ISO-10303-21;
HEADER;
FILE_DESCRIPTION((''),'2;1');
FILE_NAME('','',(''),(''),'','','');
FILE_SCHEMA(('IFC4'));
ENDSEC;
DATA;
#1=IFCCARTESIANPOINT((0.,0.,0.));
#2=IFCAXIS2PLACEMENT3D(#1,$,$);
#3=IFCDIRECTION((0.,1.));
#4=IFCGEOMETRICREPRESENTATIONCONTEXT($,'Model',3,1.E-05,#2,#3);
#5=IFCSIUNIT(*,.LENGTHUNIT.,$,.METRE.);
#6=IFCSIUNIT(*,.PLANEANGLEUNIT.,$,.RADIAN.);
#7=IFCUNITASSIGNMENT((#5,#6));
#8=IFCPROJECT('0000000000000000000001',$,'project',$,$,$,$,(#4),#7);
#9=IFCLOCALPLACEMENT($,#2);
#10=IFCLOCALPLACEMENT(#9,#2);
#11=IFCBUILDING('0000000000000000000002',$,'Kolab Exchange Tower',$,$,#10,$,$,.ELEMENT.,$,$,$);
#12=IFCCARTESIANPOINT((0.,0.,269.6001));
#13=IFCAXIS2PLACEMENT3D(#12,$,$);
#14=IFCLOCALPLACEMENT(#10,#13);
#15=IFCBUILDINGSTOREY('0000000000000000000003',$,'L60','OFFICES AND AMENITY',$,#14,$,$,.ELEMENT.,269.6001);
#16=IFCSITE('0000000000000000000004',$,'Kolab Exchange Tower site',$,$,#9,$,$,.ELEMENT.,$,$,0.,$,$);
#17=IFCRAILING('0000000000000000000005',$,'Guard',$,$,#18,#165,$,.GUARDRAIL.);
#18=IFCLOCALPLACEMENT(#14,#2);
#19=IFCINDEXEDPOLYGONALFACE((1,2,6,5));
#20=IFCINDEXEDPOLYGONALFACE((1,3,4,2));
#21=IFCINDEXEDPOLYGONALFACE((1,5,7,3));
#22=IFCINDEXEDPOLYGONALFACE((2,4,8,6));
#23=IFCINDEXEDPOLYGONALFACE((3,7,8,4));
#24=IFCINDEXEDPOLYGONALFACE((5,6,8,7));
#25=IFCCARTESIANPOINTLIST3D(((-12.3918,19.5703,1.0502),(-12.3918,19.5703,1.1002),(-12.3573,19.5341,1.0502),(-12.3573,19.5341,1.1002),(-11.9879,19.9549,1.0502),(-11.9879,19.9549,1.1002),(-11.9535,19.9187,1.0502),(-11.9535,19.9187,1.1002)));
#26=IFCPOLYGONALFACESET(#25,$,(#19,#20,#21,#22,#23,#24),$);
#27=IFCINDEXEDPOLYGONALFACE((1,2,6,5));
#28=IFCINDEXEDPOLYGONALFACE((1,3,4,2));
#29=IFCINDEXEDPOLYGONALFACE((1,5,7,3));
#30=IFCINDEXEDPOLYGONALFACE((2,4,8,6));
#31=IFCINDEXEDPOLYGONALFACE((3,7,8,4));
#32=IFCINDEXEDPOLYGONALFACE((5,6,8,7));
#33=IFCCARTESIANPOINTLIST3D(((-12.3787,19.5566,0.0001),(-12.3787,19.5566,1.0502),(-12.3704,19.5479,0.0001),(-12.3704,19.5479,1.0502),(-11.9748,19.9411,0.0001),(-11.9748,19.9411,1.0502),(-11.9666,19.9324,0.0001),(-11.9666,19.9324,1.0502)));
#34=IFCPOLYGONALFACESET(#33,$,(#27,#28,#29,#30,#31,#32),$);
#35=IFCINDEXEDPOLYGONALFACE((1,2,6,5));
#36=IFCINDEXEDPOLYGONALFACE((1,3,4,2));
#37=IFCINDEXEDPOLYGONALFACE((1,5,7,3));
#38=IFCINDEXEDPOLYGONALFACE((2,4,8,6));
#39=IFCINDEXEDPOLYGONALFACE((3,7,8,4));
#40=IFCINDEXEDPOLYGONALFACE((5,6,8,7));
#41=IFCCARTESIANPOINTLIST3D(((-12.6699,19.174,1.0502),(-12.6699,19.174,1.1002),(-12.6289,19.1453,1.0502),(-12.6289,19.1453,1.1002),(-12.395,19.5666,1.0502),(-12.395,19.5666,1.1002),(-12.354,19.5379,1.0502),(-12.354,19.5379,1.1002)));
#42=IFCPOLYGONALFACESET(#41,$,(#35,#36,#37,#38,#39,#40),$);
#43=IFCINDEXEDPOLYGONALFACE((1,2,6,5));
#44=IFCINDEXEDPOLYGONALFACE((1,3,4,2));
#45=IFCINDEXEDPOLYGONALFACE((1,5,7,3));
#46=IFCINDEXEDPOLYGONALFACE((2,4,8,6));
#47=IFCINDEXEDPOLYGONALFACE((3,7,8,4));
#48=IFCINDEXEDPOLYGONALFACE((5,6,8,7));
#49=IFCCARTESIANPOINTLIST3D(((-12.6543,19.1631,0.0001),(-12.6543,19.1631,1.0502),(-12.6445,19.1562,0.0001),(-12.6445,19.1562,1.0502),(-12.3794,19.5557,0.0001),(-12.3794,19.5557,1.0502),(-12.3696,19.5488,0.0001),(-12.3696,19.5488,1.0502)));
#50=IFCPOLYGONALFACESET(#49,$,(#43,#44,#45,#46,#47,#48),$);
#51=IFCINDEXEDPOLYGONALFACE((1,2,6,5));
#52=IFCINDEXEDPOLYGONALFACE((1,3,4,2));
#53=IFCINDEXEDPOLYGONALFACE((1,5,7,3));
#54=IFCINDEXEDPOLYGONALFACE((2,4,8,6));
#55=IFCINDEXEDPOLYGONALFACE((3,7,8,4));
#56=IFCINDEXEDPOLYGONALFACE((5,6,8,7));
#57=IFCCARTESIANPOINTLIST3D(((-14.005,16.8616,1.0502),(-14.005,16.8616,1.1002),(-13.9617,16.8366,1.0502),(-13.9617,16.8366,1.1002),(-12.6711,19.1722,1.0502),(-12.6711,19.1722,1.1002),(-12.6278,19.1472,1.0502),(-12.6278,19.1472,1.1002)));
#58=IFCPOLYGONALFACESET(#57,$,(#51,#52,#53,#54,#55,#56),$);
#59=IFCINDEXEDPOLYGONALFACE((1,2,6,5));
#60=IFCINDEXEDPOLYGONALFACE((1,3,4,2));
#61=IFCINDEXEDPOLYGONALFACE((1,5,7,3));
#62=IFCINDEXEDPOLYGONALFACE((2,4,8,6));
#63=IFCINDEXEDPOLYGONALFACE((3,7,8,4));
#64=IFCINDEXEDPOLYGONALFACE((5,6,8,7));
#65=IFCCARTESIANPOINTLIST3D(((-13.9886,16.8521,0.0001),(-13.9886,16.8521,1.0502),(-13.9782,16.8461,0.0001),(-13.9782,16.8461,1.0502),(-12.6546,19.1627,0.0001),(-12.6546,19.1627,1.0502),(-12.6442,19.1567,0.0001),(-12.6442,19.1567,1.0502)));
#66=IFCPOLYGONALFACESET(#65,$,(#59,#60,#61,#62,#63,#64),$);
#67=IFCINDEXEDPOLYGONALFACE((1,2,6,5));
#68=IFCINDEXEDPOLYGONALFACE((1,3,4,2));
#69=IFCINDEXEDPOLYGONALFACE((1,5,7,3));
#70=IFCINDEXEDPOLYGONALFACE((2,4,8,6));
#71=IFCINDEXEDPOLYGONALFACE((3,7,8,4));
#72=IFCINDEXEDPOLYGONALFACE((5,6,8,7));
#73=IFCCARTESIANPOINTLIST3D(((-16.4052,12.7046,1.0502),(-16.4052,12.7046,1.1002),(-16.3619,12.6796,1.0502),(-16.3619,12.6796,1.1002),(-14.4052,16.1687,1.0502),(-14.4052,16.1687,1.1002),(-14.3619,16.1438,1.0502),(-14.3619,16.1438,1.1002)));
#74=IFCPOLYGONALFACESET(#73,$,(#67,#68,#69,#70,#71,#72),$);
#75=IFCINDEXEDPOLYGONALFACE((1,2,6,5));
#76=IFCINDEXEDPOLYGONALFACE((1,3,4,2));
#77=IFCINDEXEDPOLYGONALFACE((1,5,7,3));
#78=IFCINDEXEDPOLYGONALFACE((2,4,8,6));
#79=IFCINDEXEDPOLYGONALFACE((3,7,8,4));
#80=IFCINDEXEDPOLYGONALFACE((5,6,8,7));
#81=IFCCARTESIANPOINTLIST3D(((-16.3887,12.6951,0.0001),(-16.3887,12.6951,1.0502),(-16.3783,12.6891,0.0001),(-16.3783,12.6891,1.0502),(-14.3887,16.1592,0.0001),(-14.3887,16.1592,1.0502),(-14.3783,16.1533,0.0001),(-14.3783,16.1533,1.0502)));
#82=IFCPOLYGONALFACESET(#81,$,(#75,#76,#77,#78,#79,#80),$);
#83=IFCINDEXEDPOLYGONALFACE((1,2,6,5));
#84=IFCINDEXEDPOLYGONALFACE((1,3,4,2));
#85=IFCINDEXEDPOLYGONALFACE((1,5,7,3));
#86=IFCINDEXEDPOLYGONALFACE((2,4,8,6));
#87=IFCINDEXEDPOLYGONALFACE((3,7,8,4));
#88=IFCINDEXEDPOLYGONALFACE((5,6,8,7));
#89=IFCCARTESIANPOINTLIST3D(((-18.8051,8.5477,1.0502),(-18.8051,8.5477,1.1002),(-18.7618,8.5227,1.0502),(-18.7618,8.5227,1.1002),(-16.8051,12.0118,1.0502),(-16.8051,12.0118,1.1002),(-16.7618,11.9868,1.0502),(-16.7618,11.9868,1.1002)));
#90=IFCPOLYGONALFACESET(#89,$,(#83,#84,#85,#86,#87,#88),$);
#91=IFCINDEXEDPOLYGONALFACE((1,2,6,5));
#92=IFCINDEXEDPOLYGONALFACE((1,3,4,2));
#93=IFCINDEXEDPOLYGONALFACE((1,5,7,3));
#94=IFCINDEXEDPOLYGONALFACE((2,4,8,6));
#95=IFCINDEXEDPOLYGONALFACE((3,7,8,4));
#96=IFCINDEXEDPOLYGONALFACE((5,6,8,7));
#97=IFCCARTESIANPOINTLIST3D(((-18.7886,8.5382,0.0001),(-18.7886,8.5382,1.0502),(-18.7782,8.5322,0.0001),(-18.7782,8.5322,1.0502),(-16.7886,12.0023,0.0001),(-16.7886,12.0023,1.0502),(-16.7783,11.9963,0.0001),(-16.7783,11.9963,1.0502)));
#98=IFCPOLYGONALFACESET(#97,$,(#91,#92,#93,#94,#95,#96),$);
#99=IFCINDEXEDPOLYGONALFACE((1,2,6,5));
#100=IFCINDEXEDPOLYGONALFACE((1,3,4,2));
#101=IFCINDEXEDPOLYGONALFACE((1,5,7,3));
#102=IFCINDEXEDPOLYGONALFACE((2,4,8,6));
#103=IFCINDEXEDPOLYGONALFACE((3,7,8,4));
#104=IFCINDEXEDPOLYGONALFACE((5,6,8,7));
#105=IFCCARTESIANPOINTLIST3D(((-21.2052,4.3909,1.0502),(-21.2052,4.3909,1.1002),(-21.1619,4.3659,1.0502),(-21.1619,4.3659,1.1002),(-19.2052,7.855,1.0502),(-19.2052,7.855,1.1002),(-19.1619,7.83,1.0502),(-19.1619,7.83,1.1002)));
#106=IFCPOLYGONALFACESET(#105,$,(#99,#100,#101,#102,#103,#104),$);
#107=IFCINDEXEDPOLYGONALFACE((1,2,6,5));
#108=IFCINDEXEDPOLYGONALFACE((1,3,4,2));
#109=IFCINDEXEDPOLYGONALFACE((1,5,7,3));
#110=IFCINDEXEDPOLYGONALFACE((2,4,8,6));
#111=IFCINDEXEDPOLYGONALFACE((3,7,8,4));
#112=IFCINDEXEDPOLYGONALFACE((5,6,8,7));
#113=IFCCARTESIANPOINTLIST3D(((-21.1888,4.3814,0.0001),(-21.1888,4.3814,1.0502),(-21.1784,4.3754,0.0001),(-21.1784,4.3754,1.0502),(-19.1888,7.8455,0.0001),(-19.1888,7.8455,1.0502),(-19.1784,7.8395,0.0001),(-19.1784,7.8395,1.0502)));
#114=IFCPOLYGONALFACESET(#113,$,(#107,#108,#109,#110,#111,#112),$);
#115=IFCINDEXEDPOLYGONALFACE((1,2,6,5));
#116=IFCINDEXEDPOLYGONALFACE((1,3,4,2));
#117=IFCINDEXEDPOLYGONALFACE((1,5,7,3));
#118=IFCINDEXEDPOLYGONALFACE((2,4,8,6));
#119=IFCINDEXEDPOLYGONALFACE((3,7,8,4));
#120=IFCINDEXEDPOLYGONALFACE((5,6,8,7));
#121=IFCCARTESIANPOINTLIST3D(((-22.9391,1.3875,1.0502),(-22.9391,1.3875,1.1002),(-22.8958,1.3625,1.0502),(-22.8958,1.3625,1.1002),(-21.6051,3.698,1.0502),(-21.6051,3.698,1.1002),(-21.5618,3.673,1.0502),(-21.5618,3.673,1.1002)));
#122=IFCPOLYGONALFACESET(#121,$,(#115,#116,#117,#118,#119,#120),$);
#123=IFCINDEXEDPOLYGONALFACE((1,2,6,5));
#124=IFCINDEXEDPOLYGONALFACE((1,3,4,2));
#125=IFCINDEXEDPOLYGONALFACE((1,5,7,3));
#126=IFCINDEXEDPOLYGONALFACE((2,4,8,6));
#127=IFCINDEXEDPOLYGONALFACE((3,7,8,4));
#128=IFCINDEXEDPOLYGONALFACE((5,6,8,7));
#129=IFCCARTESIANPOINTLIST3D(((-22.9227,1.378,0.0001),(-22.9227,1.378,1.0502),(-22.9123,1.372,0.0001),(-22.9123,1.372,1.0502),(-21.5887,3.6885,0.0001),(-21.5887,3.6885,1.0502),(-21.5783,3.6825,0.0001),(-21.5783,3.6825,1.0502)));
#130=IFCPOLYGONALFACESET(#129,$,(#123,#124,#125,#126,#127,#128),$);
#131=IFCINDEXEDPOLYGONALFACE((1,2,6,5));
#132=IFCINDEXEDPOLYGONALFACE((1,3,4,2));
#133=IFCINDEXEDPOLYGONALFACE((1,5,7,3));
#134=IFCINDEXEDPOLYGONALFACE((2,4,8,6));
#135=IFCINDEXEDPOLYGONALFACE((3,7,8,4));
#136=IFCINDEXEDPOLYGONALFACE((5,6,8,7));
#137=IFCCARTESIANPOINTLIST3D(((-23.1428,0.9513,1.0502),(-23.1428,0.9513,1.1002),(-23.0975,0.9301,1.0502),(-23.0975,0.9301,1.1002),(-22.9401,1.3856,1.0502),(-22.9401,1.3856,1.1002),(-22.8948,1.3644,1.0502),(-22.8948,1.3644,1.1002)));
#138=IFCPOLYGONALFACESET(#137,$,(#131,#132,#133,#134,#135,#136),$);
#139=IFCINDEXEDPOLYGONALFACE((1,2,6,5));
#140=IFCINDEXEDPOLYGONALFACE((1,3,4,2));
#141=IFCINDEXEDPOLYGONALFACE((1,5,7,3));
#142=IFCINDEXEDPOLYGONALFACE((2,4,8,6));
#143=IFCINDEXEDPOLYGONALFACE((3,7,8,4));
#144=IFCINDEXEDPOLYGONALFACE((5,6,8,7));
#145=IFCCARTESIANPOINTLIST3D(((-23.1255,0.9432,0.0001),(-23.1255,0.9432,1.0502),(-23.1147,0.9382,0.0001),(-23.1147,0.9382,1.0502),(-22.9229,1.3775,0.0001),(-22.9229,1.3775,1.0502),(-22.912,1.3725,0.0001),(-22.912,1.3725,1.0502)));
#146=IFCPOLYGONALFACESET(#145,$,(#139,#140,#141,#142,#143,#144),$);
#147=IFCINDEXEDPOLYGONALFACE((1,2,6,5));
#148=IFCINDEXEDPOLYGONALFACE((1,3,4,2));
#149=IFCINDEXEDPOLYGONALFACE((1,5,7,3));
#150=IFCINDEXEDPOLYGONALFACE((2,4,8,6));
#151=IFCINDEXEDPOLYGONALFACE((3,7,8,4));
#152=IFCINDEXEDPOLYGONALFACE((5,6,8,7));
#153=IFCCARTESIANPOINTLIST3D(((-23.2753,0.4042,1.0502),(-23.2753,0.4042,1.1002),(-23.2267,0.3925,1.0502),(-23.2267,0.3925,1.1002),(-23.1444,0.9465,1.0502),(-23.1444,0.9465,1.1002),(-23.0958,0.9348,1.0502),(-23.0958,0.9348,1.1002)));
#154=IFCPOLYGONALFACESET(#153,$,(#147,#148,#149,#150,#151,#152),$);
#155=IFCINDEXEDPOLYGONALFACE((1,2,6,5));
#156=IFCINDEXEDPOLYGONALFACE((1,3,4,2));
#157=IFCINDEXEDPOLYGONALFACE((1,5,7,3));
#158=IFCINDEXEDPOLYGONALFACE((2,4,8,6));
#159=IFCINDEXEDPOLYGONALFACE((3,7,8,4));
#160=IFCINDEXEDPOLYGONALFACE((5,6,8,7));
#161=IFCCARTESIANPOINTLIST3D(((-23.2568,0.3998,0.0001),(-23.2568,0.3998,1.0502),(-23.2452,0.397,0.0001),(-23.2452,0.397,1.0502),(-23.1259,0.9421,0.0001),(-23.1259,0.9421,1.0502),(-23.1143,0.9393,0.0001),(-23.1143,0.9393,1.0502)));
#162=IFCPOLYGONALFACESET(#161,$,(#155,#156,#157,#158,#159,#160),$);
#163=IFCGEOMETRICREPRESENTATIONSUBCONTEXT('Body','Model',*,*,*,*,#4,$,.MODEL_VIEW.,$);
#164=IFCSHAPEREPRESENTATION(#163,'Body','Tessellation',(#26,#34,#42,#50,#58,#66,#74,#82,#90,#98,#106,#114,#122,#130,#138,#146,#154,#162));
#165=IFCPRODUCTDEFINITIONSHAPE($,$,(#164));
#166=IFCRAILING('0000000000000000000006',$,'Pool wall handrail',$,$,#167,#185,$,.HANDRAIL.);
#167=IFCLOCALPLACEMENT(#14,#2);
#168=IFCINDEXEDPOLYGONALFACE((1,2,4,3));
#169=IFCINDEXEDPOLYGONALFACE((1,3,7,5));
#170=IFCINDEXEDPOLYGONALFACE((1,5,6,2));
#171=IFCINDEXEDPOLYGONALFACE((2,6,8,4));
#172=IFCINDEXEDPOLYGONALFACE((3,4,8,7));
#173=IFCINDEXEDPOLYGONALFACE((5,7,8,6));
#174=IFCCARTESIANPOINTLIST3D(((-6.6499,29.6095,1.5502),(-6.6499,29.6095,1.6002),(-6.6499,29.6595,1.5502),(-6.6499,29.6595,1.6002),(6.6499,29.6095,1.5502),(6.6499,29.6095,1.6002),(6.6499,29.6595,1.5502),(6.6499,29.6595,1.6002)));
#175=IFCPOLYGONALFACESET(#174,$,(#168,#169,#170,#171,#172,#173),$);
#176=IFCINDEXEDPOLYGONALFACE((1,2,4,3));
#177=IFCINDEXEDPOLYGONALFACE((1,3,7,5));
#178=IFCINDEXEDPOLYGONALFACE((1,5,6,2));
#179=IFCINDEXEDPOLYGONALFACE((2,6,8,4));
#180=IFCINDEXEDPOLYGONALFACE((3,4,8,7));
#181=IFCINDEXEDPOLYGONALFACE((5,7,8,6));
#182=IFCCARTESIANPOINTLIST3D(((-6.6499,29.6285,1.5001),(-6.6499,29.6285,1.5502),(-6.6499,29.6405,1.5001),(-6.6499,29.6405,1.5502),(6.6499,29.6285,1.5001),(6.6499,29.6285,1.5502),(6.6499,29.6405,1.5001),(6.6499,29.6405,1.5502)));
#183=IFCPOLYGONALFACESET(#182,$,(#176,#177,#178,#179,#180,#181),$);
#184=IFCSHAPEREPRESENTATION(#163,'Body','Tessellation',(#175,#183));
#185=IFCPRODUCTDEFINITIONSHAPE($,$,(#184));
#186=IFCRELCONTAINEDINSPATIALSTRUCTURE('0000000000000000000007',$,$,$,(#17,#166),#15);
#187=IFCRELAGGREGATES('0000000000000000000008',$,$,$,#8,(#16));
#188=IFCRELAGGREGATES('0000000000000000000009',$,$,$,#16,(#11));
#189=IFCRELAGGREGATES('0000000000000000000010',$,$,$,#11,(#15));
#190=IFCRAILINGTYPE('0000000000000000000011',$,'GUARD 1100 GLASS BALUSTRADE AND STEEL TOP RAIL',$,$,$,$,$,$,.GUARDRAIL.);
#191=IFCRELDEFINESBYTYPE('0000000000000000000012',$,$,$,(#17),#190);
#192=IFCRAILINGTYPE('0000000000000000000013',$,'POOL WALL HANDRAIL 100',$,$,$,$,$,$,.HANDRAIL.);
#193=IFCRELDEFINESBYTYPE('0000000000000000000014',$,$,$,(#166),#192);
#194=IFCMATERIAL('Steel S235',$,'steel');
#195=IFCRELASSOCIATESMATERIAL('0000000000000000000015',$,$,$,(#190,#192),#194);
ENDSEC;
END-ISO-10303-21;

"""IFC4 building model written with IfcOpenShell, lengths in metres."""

from ifc_helpers import new_model, si_unit, direction, frame, frame_2d, origin, origin_2d, place, context, subcontext, project, spatial, rectangle, extrude, material, type_object, element, save


model = new_model("IFC4")

# Units and contexts
model_context = context("Model", 3, precision=1e-05, world=origin(), true_north=direction((0.0, 1.0)))
body_context = subcontext(model_context, "Body", "Model", "MODEL_VIEW")
ifc_project = project(units=[si_unit("LENGTHUNIT", "METRE"), si_unit("PLANEANGLEUNIT", "RADIAN")], contexts=[model_context])

# Site, building, storey
site_placement = place(None, origin())
site = spatial("IfcSite", under=ifc_project, at=site_placement, Name="Kolab Exchange Tower site", CompositionType="ELEMENT", RefElevation=0.0)
building_placement = place(site_placement, origin())
building = spatial("IfcBuilding", under=site, at=building_placement, Name="Kolab Exchange Tower", CompositionType="ELEMENT")
storey_placement = place(building_placement, frame((0.0, 0.0, 269.6001)))
storey = spatial("IfcBuildingStorey", under=building, at=storey_placement, Name="L60", Description="OFFICES AND AMENITY", CompositionType="ELEMENT", Elevation=269.6001)

# Railings
ifc_material_1 = material(Name="Steel S235", Category="steel")
railing_type_1 = type_object("IfcRailingType", Name="GUARD 1100 GLASS BALUSTRADE AND STEEL TOP RAIL", PredefinedType="GUARDRAIL", material=ifc_material_1)
railing_1_placement = place(storey_placement, frame((-11.9707, 19.9368, 0.0)))
element("IfcRailing", 1, at=railing_1_placement, inside=storey, type_object=railing_type_1, Name="Guard", PredefinedType="GUARDRAIL", context=body_context, shape_type="SweptSolid", body=[
    extrude(rectangle(XDim=0.05, YDim=0.05, at=origin_2d()), frame((0.0, 0.0, 1.0752), z_axis=(-0.72419, -0.689601, 0.0), x_axis=(0.689601, -0.72419, 0.0)), (0.0, 0.0, 1.0), 0.5576),
    extrude(rectangle(XDim=0.012, YDim=1.0501, at=frame_2d((0.0, 0.5251))), frame((0.0, 0.0, 0.0), z_axis=(-0.72419, -0.689601, 0.0), x_axis=(0.689601, -0.72419, 0.0)), (0.0, 0.0, 1.0), 0.5576),
    extrude(rectangle(XDim=0.05, YDim=0.05, at=origin_2d()), frame((-0.4038, -0.3845, 1.0752), z_axis=(-0.573599, -0.819136, 0.0), x_axis=(0.819136, -0.573599, 0.0)), (0.0, 0.0, 1.0), 0.4792),
    extrude(rectangle(XDim=0.012, YDim=1.0501, at=frame_2d((0.0, 0.5251))), frame((-0.4038, -0.3845, 0.0), z_axis=(-0.573599, -0.819136, 0.0), x_axis=(0.819136, -0.573599, 0.0)), (0.0, 0.0, 1.0), 0.4792),
    extrude(rectangle(XDim=0.05, YDim=0.05, at=origin_2d()), frame((-0.6787, -0.7771, 1.0752), z_axis=(-0.499997, -0.866027, 0.0), x_axis=(0.866027, -0.499997, 0.0)), (0.0, 0.0, 1.0), 2.668),
    extrude(rectangle(XDim=0.012, YDim=1.0501, at=frame_2d((0.0, 0.5251))), frame((-0.6787, -0.7771, 0.0), z_axis=(-0.499997, -0.866027, 0.0), x_axis=(0.866027, -0.499997, 0.0)), (0.0, 0.0, 1.0), 2.668),
    extrude(rectangle(XDim=0.05, YDim=0.05, at=origin_2d()), frame((-2.4128, -3.7805, 1.0752), z_axis=(-0.499999, -0.866026, 0.0), x_axis=(0.866026, -0.499999, 0.0)), (0.0, 0.0, 1.0), 4.0),
    extrude(rectangle(XDim=0.012, YDim=1.0501, at=frame_2d((0.0, 0.5251))), frame((-2.4128, -3.7805, 0.0), z_axis=(-0.499999, -0.866026, 0.0), x_axis=(0.866026, -0.499999, 0.0)), (0.0, 0.0, 1.0), 4.0),
    extrude(rectangle(XDim=0.05, YDim=0.05, at=origin_2d()), frame((-4.8127, -7.9375, 1.0752), z_axis=(-0.499999, -0.866026, 0.0), x_axis=(0.866026, -0.499999, 0.0)), (0.0, 0.0, 1.0), 4.0),
    extrude(rectangle(XDim=0.012, YDim=1.0501, at=frame_2d((0.0, 0.5251))), frame((-4.8127, -7.9375, 0.0), z_axis=(-0.499999, -0.866026, 0.0), x_axis=(0.866026, -0.499999, 0.0)), (0.0, 0.0, 1.0), 4.0),
    extrude(rectangle(XDim=0.05, YDim=0.05, at=origin_2d()), frame((-7.2129, -12.0942, 1.0752), z_axis=(-0.499999, -0.866026, 0.0), x_axis=(0.866026, -0.499999, 0.0)), (0.0, 0.0, 1.0), 4.0),
    extrude(rectangle(XDim=0.012, YDim=1.0501, at=frame_2d((0.0, 0.5251))), frame((-7.2129, -12.0942, 0.0), z_axis=(-0.499999, -0.866026, 0.0), x_axis=(0.866026, -0.499999, 0.0)), (0.0, 0.0, 1.0), 4.0),
    extrude(rectangle(XDim=0.05, YDim=0.05, at=origin_2d()), frame((-9.6128, -16.2512, 1.0752), z_axis=(-0.499997, -0.866027, 0.0), x_axis=(0.866027, -0.499997, 0.0)), (0.0, 0.0, 1.0), 2.668),
    extrude(rectangle(XDim=0.012, YDim=1.0501, at=frame_2d((0.0, 0.5251))), frame((-9.6128, -16.2512, 0.0), z_axis=(-0.499997, -0.866027, 0.0), x_axis=(0.866027, -0.499997, 0.0)), (0.0, 0.0, 1.0), 2.668),
    extrude(rectangle(XDim=0.05, YDim=0.05, at=origin_2d()), frame((-10.9468, -18.5618, 1.0752), z_axis=(-0.422802, -0.906222, 0.0), x_axis=(0.906222, -0.422802, 0.0)), (0.0, 0.0, 1.0), 0.4792),
    extrude(rectangle(XDim=0.012, YDim=1.0501, at=frame_2d((0.0, 0.5251))), frame((-10.9468, -18.5618, 0.0), z_axis=(-0.422802, -0.906222, 0.0), x_axis=(0.906222, -0.422802, 0.0)), (0.0, 0.0, 1.0), 0.4792),
    extrude(rectangle(XDim=0.05, YDim=0.05, at=origin_2d()), frame((-11.1494, -18.9961, 1.0752), z_axis=(-0.234598, -0.972093, 0.0), x_axis=(0.972093, -0.234598, 0.0)), (0.0, 0.0, 1.0), 0.5579),
    extrude(rectangle(XDim=0.012, YDim=1.0501, at=frame_2d((0.0, 0.5251))), frame((-11.1494, -18.9961, 0.0), z_axis=(-0.234598, -0.972093, 0.0), x_axis=(0.972093, -0.234598, 0.0)), (0.0, 0.0, 1.0), 0.5579),
])
railing_type_2 = type_object("IfcRailingType", Name="POOL WALL HANDRAIL 100", PredefinedType="HANDRAIL", material=ifc_material_1)
railing_2_placement = place(storey_placement, frame((-6.6499, 29.6345, 1.5)))
element("IfcRailing", 2, at=railing_2_placement, inside=storey, type_object=railing_type_2, Name="Pool wall handrail", PredefinedType="HANDRAIL", context=body_context, shape_type="SweptSolid", body=[
    extrude(rectangle(XDim=0.05, YDim=0.05, at=origin_2d()), frame((0.0, 0.0, 0.0752), z_axis=(1.0, 0.0, 0.0), x_axis=(0.0, 1.0, 0.0)), (0.0, 0.0, 1.0), 13.2998),
    extrude(rectangle(XDim=0.012, YDim=0.0501, at=frame_2d((0.0, 0.0251))), frame((0.0, 0.0, 0.0), z_axis=(1.0, 0.0, 0.0), x_axis=(0.0, 1.0, 0.0)), (0.0, 0.0, 1.0), 13.2998),
])

save(model, "model.ifc")
